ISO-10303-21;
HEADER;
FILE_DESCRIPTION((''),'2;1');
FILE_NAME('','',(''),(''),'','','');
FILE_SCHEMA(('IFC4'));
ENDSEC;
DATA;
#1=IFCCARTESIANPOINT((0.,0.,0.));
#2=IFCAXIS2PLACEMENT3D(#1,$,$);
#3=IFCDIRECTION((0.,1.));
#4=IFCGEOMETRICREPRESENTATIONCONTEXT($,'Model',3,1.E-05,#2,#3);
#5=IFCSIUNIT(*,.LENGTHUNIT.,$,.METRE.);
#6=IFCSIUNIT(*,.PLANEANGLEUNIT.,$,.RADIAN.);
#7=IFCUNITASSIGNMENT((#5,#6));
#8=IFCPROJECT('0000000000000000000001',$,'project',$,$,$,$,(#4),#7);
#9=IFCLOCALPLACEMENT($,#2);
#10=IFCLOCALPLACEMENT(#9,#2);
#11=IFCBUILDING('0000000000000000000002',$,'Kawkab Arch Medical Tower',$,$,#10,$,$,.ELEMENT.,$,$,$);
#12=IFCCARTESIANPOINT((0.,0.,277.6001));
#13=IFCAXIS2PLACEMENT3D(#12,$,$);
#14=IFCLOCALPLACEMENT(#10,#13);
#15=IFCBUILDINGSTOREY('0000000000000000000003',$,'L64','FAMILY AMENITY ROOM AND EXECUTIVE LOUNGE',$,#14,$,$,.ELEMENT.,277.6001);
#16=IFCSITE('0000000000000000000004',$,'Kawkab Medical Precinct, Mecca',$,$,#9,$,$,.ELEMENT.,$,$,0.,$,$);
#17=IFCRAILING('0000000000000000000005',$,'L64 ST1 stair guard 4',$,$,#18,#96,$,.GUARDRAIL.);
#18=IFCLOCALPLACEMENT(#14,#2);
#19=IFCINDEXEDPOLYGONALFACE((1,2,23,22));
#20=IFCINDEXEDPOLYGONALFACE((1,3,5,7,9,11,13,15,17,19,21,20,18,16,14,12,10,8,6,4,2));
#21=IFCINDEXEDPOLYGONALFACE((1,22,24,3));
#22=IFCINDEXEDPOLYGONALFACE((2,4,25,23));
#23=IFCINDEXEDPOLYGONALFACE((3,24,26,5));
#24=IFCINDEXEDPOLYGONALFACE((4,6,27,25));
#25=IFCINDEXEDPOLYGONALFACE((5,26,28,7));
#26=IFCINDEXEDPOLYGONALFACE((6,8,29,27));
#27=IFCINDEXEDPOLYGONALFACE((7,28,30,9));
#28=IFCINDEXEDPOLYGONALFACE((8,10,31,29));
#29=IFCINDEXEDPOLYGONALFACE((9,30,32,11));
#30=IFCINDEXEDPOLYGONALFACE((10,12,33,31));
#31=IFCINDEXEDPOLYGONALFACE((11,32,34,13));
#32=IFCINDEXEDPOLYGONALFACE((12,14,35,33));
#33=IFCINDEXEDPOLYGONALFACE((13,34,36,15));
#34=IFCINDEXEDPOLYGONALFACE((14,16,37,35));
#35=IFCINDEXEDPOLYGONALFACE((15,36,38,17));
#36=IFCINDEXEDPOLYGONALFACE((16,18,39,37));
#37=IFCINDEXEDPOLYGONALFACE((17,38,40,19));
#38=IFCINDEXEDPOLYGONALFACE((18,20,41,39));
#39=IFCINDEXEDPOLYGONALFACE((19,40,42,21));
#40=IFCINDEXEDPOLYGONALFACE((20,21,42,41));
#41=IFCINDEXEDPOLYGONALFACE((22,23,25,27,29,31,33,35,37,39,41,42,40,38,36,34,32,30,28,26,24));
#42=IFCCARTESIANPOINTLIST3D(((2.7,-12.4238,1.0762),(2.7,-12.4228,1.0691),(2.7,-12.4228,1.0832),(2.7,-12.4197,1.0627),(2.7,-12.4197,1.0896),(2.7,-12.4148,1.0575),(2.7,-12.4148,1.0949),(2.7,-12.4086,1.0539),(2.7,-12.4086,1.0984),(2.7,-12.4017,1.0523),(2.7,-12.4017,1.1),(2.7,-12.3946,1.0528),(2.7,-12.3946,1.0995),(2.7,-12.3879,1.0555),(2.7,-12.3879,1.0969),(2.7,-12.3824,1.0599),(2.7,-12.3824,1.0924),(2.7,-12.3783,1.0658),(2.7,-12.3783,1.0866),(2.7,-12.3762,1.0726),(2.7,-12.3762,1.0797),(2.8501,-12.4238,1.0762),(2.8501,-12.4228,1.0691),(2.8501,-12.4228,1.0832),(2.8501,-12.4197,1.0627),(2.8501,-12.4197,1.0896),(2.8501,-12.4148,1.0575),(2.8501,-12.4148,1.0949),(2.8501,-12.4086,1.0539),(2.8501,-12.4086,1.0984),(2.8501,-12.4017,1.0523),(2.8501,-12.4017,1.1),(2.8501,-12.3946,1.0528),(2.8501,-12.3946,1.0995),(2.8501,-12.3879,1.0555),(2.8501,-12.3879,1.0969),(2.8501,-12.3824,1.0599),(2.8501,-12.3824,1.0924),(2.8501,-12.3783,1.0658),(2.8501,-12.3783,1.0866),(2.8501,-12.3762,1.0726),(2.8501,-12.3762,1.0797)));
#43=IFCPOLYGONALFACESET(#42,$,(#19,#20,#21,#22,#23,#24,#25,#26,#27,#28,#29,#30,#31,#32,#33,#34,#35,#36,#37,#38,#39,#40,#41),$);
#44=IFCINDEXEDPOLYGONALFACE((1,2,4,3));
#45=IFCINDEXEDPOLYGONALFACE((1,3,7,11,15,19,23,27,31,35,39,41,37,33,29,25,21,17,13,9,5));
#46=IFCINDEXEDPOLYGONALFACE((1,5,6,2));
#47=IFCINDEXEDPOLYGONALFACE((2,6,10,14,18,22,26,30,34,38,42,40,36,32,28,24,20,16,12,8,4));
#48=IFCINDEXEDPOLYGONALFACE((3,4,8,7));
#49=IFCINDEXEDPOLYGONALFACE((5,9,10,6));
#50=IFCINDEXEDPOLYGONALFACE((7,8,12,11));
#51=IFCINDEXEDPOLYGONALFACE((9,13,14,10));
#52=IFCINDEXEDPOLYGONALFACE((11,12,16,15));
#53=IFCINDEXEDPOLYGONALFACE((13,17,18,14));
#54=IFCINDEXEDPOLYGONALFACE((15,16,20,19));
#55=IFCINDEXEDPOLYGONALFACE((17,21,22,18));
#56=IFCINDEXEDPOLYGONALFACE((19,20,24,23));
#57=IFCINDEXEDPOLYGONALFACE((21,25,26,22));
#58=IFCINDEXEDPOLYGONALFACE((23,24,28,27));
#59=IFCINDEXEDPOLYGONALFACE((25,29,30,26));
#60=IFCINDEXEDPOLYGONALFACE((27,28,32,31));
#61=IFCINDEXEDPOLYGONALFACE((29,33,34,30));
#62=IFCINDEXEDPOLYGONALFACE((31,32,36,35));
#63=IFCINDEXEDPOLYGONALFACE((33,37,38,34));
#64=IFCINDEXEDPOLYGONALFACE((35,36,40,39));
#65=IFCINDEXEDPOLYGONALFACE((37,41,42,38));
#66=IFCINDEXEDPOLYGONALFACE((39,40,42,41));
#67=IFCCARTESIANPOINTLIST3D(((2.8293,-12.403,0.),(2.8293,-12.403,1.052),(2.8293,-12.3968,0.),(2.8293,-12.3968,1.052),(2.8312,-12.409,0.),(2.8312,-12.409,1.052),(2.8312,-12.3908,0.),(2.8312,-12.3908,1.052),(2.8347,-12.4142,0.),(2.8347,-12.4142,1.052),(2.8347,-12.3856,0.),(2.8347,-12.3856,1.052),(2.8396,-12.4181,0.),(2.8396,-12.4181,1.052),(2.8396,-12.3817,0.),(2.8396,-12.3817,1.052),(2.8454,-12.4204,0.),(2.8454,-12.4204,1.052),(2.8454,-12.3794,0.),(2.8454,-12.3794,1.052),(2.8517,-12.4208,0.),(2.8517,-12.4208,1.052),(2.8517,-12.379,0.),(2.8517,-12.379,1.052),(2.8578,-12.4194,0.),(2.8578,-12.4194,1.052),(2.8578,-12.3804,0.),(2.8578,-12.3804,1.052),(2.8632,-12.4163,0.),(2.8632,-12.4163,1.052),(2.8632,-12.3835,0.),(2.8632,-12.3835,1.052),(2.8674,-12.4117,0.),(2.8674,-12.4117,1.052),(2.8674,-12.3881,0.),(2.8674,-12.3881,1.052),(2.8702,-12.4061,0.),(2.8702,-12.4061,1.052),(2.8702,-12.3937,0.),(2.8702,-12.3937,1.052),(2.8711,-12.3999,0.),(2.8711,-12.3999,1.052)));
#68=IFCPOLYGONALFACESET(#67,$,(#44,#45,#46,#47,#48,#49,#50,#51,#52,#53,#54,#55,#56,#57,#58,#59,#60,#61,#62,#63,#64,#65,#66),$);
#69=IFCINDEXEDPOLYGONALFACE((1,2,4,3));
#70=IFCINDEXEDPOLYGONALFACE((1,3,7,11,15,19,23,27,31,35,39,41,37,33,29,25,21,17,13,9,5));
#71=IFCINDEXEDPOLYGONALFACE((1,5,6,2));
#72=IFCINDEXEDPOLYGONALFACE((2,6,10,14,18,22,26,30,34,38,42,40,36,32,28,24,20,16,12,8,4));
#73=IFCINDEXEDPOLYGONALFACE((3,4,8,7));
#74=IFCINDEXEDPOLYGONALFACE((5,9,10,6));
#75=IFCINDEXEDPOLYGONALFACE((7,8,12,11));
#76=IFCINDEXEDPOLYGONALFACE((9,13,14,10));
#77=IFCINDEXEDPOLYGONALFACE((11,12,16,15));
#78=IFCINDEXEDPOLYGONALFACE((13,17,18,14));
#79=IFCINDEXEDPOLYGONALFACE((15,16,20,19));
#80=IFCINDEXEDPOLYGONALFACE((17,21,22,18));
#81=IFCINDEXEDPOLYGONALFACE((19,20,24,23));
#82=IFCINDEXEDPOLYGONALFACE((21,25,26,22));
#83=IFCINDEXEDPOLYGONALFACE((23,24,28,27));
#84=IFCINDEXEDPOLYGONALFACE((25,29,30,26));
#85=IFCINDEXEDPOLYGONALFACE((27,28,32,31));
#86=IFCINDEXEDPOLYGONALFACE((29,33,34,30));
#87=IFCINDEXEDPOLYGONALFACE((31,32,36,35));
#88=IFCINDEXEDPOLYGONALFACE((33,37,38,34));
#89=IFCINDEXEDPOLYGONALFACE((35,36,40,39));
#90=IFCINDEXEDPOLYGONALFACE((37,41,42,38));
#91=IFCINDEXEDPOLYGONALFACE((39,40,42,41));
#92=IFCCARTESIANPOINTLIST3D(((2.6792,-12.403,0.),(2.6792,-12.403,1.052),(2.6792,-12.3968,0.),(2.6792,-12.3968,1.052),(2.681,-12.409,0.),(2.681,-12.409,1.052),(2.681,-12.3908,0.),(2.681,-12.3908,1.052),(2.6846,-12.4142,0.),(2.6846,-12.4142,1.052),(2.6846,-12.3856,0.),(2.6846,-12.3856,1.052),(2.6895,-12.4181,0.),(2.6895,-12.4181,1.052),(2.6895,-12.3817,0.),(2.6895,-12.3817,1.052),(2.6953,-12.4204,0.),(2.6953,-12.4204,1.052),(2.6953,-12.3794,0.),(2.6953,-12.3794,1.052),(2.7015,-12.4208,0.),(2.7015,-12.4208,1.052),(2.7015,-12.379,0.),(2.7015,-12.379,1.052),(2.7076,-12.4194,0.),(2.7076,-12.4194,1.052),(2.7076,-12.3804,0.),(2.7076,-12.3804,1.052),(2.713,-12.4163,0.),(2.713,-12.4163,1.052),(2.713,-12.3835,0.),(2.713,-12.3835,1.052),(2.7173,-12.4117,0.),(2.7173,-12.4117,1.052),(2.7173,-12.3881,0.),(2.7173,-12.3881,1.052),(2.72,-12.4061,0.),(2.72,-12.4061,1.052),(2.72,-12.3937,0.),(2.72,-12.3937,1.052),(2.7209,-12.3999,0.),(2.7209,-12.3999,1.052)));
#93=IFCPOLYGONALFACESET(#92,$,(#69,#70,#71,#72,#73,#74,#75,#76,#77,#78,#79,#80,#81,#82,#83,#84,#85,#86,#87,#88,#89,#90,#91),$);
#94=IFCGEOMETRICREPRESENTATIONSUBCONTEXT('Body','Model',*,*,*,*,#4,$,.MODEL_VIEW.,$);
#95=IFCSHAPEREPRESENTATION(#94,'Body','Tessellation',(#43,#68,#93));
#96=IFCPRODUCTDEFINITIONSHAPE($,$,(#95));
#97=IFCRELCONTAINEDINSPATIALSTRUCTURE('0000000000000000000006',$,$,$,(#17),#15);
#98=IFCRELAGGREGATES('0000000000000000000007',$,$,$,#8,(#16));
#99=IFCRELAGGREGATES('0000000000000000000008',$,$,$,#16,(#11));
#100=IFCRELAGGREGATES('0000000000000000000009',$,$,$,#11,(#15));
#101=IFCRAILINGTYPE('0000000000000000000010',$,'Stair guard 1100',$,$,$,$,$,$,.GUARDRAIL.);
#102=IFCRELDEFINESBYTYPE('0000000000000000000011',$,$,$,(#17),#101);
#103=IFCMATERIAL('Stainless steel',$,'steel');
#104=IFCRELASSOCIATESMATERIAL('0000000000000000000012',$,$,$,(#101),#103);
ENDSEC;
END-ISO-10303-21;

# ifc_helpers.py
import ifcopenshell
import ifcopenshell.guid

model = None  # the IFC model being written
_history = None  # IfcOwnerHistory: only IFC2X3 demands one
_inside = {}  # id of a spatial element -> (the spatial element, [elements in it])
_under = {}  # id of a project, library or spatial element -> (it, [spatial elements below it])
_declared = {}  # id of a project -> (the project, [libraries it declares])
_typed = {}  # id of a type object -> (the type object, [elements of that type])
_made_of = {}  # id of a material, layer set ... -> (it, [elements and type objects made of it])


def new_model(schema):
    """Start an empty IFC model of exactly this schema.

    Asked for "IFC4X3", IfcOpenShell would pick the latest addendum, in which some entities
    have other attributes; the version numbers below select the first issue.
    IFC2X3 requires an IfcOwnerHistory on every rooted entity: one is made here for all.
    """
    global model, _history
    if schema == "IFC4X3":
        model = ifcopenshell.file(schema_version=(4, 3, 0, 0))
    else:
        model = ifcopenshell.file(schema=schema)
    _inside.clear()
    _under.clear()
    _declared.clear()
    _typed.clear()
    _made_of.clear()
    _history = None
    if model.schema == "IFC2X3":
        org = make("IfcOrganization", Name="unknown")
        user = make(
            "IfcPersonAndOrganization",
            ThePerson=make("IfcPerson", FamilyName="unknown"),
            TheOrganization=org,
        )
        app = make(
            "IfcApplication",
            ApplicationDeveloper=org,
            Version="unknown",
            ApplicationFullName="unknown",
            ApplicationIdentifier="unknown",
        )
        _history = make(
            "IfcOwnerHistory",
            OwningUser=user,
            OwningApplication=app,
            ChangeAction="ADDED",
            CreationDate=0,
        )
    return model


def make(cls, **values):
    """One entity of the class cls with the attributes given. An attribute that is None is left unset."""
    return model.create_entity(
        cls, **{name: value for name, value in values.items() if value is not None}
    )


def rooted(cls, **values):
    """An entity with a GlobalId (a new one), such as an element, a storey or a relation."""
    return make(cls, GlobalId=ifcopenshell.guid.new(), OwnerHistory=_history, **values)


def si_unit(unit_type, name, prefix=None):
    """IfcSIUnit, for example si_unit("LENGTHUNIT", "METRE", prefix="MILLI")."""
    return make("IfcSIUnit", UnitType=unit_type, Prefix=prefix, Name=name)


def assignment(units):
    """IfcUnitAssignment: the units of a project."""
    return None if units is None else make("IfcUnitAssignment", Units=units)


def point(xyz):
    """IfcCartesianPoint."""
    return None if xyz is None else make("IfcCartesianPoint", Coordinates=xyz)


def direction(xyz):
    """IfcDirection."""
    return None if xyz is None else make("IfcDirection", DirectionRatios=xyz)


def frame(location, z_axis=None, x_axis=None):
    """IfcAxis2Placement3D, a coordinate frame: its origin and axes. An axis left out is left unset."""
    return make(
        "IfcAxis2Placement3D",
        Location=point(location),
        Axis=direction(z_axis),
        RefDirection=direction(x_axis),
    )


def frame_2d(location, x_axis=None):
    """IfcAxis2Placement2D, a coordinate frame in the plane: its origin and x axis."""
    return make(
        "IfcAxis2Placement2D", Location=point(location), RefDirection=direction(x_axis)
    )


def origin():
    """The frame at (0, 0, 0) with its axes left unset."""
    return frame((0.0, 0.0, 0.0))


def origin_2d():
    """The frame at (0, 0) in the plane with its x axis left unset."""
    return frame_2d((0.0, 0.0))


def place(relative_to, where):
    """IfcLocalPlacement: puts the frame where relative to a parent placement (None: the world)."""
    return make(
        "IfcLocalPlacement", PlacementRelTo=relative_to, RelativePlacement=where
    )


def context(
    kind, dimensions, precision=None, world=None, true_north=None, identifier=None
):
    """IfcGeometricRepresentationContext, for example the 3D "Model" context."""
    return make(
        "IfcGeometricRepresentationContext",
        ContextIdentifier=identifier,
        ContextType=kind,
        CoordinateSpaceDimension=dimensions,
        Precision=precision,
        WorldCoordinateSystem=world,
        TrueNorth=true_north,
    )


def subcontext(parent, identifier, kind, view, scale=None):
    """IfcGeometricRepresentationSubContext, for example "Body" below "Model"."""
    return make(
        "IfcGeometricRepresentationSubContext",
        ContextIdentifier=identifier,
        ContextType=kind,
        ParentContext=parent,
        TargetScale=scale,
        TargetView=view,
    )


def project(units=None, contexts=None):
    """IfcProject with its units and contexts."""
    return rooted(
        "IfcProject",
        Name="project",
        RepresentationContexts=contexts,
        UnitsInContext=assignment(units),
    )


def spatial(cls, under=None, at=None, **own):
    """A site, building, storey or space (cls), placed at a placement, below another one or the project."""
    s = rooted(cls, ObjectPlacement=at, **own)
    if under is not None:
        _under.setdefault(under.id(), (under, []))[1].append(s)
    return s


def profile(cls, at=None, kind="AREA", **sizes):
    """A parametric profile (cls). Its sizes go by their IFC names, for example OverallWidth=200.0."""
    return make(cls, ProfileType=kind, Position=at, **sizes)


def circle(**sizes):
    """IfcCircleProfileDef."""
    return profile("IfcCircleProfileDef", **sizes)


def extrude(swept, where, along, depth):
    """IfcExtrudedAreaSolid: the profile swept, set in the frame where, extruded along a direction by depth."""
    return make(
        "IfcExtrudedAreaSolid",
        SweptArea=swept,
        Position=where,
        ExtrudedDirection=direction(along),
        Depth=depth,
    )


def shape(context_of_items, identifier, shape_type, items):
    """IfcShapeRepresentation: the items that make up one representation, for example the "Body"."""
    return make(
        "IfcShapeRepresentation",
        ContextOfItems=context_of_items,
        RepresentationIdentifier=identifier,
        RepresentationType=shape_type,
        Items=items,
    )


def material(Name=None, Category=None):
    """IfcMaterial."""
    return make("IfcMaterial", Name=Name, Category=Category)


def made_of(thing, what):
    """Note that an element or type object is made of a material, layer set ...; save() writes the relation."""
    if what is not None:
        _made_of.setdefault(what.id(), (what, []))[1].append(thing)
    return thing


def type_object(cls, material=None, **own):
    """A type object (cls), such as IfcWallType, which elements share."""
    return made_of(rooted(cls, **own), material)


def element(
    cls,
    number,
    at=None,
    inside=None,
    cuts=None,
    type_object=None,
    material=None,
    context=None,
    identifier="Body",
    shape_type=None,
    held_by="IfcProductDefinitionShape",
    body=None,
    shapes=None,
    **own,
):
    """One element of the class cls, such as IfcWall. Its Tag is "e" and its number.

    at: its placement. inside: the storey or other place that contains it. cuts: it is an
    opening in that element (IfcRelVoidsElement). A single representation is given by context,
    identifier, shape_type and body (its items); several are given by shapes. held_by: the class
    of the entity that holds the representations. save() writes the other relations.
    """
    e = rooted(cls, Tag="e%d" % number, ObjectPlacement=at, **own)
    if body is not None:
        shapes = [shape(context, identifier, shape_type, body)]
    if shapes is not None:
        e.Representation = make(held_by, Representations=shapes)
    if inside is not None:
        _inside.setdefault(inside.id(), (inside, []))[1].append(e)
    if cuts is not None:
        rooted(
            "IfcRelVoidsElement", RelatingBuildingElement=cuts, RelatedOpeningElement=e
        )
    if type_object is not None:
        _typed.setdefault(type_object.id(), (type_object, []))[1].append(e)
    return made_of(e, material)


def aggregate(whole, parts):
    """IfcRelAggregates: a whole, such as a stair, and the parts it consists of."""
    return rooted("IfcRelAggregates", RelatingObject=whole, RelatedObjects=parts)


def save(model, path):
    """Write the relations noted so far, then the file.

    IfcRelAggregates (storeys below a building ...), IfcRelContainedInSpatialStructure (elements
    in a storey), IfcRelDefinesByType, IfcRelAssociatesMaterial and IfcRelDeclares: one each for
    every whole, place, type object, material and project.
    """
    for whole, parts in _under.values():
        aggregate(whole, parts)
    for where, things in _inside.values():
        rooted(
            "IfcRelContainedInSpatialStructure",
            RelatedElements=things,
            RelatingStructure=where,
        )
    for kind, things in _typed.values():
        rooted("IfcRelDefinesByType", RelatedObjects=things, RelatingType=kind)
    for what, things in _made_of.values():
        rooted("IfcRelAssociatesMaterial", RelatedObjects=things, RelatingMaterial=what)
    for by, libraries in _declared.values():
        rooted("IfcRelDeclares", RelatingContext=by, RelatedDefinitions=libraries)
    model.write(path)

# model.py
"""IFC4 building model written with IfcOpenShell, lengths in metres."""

from ifc_helpers import new_model, si_unit, direction, frame, origin, origin_2d, place, context, subcontext, project, spatial, circle, extrude, material, type_object, element, save


model = new_model("IFC4")

# Units and contexts
model_context = context("Model", 3, precision=1e-05, world=origin(), true_north=direction((0.0, 1.0)))
body_context = subcontext(model_context, "Body", "Model", "MODEL_VIEW")
ifc_project = project(units=[si_unit("LENGTHUNIT", "METRE"), si_unit("PLANEANGLEUNIT", "RADIAN")], contexts=[model_context])

# Site, building, storey
site_placement = place(None, origin())
site = spatial("IfcSite", under=ifc_project, at=site_placement, Name="Kawkab Medical Precinct, Mecca", CompositionType="ELEMENT", RefElevation=0.0)
building_placement = place(site_placement, origin())
building = spatial("IfcBuilding", under=site, at=building_placement, Name="Kawkab Arch Medical Tower", CompositionType="ELEMENT")
storey_placement = place(building_placement, frame((0.0, 0.0, 277.6001)))
storey = spatial("IfcBuildingStorey", under=building, at=storey_placement, Name="L64", Description="FAMILY AMENITY ROOM AND EXECUTIVE LOUNGE", CompositionType="ELEMENT", Elevation=277.6001)

# Railing
ifc_material_1 = material(Name="Stainless steel", Category="steel")
railing_type = type_object("IfcRailingType", Name="Stair guard 1100", PredefinedType="GUARDRAIL", material=ifc_material_1)
railing_1_placement = place(storey_placement, frame((2.8501, -12.3999, 0.0)))
element("IfcRailing", 1, at=railing_1_placement, inside=storey, type_object=railing_type, Name="L64 ST1 stair guard 4", PredefinedType="GUARDRAIL", context=body_context, shape_type="SweptSolid", body=[
    extrude(circle(Radius=0.0239, at=origin_2d()), frame((0.0, 0.0, 1.0762), z_axis=(-1.0, 0.0, 0.0), x_axis=(0.0, -1.0, 0.0)), (0.0, 0.0, 1.0), 0.1501),
    extrude(circle(Radius=0.021, at=origin_2d()), origin(), (0.0, 0.0, 1.0), 1.052),
    extrude(circle(Radius=0.021, at=origin_2d()), frame((-0.1501, 0.0, 0.0)), (0.0, 0.0, 1.0), 1.052),
])

save(model, "model.ifc")
